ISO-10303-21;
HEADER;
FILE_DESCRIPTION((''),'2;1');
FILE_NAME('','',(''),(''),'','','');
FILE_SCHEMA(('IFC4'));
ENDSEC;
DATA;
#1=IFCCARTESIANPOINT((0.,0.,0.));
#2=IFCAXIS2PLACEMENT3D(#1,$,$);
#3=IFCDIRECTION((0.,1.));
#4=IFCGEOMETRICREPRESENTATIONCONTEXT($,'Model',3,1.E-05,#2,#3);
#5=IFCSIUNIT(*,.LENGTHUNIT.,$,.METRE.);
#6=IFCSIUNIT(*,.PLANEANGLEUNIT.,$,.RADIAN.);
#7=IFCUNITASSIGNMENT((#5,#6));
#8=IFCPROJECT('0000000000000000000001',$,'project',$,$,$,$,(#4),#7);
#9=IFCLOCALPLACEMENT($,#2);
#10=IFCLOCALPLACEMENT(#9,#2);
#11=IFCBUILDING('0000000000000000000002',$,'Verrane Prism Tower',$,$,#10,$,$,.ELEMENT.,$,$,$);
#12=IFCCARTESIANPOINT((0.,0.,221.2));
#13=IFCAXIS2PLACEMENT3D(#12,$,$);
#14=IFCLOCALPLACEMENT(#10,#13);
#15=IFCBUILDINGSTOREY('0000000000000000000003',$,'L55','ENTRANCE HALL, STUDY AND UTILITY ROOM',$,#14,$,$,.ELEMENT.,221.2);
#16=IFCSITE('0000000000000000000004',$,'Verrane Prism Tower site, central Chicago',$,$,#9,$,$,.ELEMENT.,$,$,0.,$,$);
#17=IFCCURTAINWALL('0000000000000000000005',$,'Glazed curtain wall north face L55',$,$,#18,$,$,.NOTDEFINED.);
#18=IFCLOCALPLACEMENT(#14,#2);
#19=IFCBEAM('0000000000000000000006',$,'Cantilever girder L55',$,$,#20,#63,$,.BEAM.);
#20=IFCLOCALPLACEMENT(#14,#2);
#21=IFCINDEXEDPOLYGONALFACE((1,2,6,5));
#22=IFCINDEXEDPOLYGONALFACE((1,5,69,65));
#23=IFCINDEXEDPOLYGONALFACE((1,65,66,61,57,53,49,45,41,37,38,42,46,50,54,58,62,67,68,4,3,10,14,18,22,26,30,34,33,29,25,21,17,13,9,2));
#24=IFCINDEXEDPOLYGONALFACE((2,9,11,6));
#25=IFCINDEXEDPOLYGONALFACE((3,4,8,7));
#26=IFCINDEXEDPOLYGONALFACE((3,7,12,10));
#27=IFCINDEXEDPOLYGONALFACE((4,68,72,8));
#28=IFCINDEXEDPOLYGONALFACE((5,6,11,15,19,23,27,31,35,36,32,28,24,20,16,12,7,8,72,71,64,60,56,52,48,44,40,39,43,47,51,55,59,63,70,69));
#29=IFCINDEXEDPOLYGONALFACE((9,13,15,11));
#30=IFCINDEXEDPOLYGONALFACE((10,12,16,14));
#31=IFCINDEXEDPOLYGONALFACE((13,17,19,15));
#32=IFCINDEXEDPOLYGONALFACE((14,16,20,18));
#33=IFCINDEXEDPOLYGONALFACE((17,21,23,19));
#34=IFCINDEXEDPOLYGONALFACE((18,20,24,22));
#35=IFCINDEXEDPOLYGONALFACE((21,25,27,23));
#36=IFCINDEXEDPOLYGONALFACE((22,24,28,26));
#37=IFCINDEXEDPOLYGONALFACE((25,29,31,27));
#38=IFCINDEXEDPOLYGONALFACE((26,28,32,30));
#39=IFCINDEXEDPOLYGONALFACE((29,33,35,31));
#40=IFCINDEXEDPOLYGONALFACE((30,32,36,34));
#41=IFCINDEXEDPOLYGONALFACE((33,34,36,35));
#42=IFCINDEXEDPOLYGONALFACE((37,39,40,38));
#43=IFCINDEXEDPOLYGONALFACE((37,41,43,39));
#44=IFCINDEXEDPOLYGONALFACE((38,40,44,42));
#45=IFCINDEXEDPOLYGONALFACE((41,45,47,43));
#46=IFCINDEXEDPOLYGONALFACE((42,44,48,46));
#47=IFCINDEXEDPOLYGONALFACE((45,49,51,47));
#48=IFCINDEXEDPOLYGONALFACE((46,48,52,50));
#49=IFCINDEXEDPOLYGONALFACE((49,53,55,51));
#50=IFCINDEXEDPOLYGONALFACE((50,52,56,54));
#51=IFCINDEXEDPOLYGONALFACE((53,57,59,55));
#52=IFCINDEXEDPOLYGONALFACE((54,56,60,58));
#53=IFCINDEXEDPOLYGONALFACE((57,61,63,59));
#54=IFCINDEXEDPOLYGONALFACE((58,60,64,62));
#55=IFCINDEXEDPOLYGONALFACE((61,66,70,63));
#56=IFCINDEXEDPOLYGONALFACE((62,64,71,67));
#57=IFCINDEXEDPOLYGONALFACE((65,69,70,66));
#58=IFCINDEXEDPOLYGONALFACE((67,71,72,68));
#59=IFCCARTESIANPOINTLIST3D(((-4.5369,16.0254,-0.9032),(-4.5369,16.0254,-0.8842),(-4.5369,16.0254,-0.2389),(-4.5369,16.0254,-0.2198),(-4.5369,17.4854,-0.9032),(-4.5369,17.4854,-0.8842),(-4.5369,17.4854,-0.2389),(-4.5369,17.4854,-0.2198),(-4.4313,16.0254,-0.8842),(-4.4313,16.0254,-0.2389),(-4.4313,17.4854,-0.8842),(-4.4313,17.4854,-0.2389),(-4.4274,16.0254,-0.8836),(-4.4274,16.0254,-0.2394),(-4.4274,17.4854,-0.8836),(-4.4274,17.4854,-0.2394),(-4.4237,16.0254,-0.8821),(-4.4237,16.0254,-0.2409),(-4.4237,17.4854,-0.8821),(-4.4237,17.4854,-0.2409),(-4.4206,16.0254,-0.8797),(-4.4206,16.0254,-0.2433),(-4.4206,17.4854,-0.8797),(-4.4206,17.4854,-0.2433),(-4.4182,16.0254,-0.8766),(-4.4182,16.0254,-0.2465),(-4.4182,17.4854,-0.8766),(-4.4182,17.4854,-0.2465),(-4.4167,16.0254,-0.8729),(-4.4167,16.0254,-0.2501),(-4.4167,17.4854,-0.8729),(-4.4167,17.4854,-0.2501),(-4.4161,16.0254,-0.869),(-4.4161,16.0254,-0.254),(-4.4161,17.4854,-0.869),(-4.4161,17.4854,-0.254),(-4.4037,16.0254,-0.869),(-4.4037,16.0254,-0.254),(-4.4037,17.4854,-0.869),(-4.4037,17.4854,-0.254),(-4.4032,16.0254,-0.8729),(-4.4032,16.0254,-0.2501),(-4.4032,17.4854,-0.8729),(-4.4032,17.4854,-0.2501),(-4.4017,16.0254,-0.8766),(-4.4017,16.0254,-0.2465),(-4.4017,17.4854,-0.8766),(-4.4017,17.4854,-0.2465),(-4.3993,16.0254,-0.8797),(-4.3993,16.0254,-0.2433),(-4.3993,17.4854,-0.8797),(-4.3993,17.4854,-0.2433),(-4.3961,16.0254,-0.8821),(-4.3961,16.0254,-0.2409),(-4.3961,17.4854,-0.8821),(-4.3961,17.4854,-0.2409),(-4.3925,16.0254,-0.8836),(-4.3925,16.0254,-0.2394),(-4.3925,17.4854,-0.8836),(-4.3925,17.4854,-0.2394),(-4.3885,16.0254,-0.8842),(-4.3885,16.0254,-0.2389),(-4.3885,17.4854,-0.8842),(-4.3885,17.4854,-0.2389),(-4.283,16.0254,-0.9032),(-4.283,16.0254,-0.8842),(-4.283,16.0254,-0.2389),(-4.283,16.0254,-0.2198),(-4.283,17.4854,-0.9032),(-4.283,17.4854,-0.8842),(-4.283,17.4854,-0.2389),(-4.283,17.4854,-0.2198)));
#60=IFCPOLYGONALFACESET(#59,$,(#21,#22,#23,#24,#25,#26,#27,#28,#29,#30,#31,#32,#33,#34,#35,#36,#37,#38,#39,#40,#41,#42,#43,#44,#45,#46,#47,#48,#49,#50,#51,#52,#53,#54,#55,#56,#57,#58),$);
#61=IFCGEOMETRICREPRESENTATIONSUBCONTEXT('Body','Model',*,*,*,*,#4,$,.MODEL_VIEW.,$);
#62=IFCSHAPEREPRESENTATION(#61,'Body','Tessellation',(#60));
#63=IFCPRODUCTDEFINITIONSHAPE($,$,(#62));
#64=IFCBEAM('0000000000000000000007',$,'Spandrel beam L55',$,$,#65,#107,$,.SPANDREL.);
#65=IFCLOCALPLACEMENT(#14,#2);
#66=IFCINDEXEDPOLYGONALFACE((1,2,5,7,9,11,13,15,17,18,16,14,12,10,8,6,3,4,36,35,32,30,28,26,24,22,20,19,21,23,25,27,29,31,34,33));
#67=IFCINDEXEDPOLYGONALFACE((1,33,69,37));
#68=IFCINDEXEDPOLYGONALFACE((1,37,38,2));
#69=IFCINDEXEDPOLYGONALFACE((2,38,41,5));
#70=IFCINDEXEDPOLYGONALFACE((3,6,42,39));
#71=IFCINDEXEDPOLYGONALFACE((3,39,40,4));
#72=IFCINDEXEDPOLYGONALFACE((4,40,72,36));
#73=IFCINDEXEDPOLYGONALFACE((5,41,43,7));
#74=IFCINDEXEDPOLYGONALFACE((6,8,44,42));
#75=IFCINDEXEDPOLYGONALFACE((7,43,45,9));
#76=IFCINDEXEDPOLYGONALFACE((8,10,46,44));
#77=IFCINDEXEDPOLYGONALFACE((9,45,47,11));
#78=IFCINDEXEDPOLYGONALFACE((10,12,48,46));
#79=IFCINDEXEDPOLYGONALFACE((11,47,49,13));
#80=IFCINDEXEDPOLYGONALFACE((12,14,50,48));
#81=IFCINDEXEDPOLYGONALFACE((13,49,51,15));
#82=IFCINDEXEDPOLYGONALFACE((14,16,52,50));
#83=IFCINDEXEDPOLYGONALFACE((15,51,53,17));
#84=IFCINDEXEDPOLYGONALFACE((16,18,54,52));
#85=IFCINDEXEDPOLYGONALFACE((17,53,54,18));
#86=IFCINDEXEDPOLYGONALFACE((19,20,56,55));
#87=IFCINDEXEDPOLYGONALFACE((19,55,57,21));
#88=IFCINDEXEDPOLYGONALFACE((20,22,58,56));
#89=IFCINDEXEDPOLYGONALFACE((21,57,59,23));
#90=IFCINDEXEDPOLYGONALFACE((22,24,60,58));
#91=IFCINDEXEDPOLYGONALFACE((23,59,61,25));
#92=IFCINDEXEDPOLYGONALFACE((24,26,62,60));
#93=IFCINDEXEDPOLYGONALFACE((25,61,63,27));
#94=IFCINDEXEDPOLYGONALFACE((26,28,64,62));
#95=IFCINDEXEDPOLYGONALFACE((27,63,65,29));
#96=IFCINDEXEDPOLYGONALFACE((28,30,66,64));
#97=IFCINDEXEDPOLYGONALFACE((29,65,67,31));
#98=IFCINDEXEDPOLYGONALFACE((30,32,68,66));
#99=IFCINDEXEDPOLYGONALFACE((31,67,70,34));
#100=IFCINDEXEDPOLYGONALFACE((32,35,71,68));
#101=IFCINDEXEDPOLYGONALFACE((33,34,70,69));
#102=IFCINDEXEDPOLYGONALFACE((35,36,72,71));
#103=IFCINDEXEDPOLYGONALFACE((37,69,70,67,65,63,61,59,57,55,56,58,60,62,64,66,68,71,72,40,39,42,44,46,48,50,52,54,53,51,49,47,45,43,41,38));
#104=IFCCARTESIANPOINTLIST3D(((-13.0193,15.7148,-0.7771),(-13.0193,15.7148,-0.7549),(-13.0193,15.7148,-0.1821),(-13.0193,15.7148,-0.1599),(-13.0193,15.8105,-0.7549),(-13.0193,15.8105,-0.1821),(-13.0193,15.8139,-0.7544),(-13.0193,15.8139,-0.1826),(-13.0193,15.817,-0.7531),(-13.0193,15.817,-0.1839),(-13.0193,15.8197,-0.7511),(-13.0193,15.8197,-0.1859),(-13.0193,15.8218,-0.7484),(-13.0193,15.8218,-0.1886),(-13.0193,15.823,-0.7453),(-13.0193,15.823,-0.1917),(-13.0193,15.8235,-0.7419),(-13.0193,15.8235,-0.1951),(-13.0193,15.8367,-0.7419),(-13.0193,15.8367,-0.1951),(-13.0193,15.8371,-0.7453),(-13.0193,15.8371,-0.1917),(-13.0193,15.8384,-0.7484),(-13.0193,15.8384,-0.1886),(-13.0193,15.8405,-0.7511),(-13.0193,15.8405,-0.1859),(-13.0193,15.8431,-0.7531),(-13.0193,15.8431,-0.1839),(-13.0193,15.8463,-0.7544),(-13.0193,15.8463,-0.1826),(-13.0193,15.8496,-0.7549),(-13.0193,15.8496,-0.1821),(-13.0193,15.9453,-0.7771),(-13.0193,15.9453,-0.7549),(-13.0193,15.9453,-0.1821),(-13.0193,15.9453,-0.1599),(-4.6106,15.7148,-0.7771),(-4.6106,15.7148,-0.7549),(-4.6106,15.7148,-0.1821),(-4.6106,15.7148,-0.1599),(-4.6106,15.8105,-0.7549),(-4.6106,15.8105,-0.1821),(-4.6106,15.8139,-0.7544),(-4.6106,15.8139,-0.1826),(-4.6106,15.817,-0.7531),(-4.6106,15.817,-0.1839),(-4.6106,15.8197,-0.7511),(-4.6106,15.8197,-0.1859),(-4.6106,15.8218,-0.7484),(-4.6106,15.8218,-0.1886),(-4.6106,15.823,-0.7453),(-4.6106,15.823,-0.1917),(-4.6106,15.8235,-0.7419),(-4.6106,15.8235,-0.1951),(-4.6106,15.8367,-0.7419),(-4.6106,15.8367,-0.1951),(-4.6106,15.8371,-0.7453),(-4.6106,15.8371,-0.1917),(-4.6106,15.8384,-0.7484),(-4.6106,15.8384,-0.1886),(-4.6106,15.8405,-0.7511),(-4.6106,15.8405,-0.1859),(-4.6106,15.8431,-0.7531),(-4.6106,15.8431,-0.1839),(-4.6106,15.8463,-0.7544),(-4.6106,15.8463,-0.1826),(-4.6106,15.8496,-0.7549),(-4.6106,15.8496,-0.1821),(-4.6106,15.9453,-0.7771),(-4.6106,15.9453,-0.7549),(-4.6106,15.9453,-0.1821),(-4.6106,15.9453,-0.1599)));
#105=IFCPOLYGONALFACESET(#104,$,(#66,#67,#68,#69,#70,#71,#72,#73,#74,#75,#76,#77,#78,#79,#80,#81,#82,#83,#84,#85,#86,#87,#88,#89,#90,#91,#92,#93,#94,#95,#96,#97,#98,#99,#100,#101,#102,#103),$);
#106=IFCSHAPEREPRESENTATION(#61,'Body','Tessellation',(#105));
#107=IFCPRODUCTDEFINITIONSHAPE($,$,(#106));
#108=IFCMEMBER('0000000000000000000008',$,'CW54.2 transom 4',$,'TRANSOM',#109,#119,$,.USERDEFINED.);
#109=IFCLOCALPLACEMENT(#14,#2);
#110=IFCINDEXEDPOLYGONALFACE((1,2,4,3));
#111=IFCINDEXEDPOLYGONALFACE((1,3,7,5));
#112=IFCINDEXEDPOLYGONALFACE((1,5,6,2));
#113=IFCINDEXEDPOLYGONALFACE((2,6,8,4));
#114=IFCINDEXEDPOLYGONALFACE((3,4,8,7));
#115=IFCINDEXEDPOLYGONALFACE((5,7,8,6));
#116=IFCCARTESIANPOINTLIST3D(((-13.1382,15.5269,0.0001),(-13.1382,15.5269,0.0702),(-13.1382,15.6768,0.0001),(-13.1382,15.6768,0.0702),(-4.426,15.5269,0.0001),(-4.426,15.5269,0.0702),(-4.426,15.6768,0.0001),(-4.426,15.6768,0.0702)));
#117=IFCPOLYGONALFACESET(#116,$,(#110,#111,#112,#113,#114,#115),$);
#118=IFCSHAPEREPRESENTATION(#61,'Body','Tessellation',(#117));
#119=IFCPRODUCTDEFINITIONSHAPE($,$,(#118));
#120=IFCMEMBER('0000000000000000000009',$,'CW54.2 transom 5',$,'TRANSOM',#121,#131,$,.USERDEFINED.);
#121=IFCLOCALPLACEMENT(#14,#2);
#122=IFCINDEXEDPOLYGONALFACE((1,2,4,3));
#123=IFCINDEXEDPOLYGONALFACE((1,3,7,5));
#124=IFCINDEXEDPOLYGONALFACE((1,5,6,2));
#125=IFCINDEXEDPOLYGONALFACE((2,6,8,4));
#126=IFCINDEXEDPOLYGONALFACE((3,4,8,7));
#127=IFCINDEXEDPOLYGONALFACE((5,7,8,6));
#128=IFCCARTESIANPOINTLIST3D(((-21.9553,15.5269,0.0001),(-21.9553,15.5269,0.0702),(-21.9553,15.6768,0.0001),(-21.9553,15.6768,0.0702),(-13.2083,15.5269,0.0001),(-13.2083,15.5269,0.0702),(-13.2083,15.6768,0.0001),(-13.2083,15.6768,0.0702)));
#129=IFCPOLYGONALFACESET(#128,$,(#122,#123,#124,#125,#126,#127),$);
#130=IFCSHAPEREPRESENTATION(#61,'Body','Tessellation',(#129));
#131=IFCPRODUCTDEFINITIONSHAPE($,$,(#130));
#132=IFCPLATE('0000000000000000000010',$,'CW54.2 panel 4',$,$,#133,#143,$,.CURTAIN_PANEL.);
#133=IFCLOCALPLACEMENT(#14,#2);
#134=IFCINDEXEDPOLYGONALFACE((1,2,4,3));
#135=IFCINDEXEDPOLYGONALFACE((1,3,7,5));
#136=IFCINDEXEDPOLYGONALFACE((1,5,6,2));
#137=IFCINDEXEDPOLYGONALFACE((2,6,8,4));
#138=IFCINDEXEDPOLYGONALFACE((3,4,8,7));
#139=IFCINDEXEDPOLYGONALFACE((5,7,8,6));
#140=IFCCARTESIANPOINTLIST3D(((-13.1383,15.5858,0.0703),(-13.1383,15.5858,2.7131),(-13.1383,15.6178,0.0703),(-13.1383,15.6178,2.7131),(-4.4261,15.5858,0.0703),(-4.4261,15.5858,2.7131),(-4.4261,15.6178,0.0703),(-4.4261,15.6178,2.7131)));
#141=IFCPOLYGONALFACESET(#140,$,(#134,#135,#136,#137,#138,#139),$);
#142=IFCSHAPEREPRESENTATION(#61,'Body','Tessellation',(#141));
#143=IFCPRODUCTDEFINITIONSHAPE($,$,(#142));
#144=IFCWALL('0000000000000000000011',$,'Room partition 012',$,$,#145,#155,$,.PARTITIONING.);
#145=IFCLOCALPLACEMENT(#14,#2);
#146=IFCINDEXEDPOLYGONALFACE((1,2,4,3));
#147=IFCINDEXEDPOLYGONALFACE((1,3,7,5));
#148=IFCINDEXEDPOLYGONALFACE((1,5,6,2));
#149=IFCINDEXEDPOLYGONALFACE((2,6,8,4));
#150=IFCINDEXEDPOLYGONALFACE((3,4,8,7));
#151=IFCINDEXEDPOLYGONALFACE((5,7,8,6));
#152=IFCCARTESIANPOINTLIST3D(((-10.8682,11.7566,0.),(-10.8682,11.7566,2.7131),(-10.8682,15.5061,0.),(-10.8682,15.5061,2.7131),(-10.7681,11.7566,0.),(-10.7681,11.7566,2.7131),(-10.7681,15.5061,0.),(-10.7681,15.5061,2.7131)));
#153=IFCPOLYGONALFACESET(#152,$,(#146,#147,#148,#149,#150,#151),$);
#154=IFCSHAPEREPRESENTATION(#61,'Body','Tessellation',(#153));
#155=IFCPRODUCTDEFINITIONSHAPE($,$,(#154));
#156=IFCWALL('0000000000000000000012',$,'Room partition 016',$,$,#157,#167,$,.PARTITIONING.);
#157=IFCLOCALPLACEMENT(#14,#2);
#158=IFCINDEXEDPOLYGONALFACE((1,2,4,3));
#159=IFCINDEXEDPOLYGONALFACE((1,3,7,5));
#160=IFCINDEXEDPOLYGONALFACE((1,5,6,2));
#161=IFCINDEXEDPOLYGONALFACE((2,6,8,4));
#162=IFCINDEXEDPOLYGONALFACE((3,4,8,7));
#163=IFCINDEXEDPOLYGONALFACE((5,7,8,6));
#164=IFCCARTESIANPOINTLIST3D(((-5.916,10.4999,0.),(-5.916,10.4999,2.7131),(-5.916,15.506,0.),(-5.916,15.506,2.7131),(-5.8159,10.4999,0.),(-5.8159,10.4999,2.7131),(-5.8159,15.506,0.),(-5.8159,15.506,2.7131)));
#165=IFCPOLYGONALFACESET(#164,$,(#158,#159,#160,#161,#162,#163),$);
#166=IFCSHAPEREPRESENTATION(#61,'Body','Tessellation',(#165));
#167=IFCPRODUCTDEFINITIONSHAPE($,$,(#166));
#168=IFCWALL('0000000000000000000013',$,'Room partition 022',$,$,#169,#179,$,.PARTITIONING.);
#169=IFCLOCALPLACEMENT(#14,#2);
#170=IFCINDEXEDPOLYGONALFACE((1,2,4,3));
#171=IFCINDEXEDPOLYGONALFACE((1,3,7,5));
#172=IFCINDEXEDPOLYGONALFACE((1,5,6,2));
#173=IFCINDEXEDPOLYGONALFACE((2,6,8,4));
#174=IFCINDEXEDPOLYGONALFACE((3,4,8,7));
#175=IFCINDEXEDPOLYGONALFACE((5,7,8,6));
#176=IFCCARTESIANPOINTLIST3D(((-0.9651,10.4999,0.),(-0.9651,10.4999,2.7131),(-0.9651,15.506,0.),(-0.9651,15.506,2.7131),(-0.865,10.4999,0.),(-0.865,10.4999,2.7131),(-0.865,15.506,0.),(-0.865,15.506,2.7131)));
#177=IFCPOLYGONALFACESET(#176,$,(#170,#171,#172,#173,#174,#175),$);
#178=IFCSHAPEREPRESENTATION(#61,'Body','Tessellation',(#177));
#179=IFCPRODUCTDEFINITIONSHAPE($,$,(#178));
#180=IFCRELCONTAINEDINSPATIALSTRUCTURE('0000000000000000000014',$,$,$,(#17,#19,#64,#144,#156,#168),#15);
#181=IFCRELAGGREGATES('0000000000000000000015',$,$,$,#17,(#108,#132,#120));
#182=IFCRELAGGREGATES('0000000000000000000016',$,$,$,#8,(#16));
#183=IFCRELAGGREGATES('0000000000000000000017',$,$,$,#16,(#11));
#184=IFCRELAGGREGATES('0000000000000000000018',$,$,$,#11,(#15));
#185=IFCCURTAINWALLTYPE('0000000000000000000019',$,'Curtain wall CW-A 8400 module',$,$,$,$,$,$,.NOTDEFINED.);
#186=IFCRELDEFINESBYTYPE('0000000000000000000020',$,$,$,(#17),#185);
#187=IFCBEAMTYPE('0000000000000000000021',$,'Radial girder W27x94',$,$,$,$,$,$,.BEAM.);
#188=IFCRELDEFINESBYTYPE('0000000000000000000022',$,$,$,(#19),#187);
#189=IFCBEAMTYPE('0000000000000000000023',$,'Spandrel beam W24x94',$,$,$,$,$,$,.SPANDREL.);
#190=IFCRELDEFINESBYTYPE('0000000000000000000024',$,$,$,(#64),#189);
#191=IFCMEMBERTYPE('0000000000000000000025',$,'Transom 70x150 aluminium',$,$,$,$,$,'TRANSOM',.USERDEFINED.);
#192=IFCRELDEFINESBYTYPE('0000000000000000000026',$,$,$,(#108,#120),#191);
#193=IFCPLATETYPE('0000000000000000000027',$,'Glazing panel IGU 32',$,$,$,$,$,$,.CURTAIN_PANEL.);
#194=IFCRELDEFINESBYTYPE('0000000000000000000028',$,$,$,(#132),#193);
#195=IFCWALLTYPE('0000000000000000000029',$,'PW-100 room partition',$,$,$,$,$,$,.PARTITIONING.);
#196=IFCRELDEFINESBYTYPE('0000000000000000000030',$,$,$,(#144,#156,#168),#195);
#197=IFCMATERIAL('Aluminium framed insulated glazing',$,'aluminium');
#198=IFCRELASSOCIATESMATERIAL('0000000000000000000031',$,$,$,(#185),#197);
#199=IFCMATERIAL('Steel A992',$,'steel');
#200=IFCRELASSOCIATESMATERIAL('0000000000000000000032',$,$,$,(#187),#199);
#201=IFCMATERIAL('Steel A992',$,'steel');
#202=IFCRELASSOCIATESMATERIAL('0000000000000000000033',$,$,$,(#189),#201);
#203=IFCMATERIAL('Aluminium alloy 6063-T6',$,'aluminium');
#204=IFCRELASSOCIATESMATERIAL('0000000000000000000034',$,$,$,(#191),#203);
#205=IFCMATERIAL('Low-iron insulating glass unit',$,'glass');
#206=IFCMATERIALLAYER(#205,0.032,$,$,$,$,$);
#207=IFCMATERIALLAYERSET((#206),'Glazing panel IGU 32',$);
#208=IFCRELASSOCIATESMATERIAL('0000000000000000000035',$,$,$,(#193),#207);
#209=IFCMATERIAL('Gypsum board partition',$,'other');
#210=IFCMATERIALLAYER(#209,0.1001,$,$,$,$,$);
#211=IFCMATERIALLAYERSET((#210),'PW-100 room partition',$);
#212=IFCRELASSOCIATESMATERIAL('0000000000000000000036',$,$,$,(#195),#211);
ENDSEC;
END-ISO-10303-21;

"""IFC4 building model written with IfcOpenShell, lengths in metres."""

from ifc_helpers import new_model, si_unit, direction, frame, frame_2d, origin, origin_2d, place, context, subcontext, project, spatial, rectangle, i_section, extrude, material, layer, layer_set, material_profile, profile_set, type_object, element, aggregate, save


model = new_model("IFC4")

# Units and contexts
model_context = context("Model", 3, precision=1e-05, world=origin(), true_north=direction((0.0, 1.0)))
body_context = subcontext(model_context, "Body", "Model", "MODEL_VIEW")
ifc_project = project(units=[si_unit("LENGTHUNIT", "METRE"), si_unit("PLANEANGLEUNIT", "RADIAN")], contexts=[model_context])

# Site, building, storey
site_placement = place(None, origin())
site = spatial("IfcSite", under=ifc_project, at=site_placement, Name="Verrane Prism Tower site, central Chicago", CompositionType="ELEMENT", RefElevation=0.0)
building_placement = place(site_placement, origin())
building = spatial("IfcBuilding", under=site, at=building_placement, Name="Verrane Prism Tower", CompositionType="ELEMENT")
storey_placement = place(building_placement, frame((0.0, 0.0, 221.2)))
storey = spatial("IfcBuildingStorey", under=building, at=storey_placement, Name="L55", Description="ENTRANCE HALL, STUDY AND UTILITY ROOM", CompositionType="ELEMENT", Elevation=221.2)

# Curtain wall
ifc_material_1 = material(Name="Aluminium framed insulated glazing", Category="aluminium")
curtain_wall_type = type_object("IfcCurtainWallType", Name="Curtain wall CW-A 8400 module", PredefinedType="NOTDEFINED", material=ifc_material_1)
curtain_wall_placement = place(storey_placement, origin())
curtain_wall = element("IfcCurtainWall", 1, at=curtain_wall_placement, inside=storey, type_object=curtain_wall_type, Name="Glazed curtain wall north face L55", PredefinedType="NOTDEFINED")

# Beams
ifc_material_2 = material(Name="Steel A992", Category="steel")
ifc_material_profile_1 = material_profile(ifc_material_2, i_section(OverallWidth=0.2539, OverallDepth=0.6833, WebThickness=0.0125, FlangeThickness=0.019, FilletRadius=0.0151, at=origin_2d()), Name="W27x94")
ifc_profile_set_1 = profile_set([ifc_material_profile_1], Name="Steel A992")
beam_type_1 = type_object("IfcBeamType", Name="Radial girder W27x94", PredefinedType="BEAM", material=ifc_profile_set_1)
beam_1_placement = place(storey_placement, frame((-4.4099, 16.0254, -0.5615), z_axis=(0.0, 1.0, 0.0), x_axis=(-1.0, 0.0, 0.0)))
element("IfcBeam", 2, at=beam_1_placement, inside=storey, type_object=beam_type_1, Name="Cantilever girder L55", PredefinedType="BEAM", context=body_context, shape_type="SweptSolid", body=[
    extrude(i_section(OverallWidth=0.2539, OverallDepth=0.6833, WebThickness=0.0125, FlangeThickness=0.019, FilletRadius=0.0151, at=origin_2d()), origin(), (0.0, 0.0, 1.0), 1.46),
])
ifc_material_3 = material(Name="Steel A992", Category="steel")
ifc_material_profile_2 = material_profile(ifc_material_3, i_section(OverallWidth=0.2305, OverallDepth=0.6172, WebThickness=0.0132, FlangeThickness=0.0222, FilletRadius=0.0129, at=origin_2d()), Name="W24x94")
ifc_profile_set_2 = profile_set([ifc_material_profile_2], Name="Steel A992")
beam_type_2 = type_object("IfcBeamType", Name="Spandrel beam W24x94", PredefinedType="SPANDREL", material=ifc_profile_set_2)
beam_2_placement = place(storey_placement, frame((-4.6106, 15.8301, -0.4685), z_axis=(-1.0, 0.0, 0.0), x_axis=(0.0, -1.0, 0.0)))
element("IfcBeam", 3, at=beam_2_placement, inside=storey, type_object=beam_type_2, Name="Spandrel beam L55", PredefinedType="SPANDREL", context=body_context, shape_type="SweptSolid", body=[
    extrude(i_section(OverallWidth=0.2305, OverallDepth=0.6172, WebThickness=0.0132, FlangeThickness=0.0222, FilletRadius=0.0129, at=origin_2d()), origin(), (0.0, 0.0, 1.0), 8.4087),
])

# Members
ifc_material_4 = material(Name="Aluminium alloy 6063-T6", Category="aluminium")
ifc_material_profile_3 = material_profile(ifc_material_4, rectangle(XDim=0.1499, YDim=0.0701, at=origin_2d()), Name="Transom 70x150 aluminium")
ifc_profile_set_3 = profile_set([ifc_material_profile_3], Name="Aluminium alloy 6063-T6")
member_type_1 = type_object("IfcMemberType", Name="Transom 70x150 aluminium", ElementType="TRANSOM", PredefinedType="USERDEFINED", material=ifc_profile_set_3)
member_1_placement = place(storey_placement, frame((-4.426, 15.6018, 0.0352), z_axis=(-1.0, 0.0, 0.0), x_axis=(0.0, -1.0, 0.0)))
member_1 = element("IfcMember", 4, at=member_1_placement, type_object=member_type_1, Name="CW54.2 transom 4", ObjectType="TRANSOM", PredefinedType="USERDEFINED", context=body_context, shape_type="SweptSolid", body=[
    extrude(rectangle(XDim=0.1499, YDim=0.0701, at=origin_2d()), origin(), (0.0, 0.0, 1.0), 8.7122),
])
member_2_placement = place(storey_placement, frame((-13.2083, 15.6018, 0.0352), z_axis=(-1.0, 0.0, 0.0), x_axis=(0.0, -1.0, 0.0)))
member_2 = element("IfcMember", 5, at=member_2_placement, type_object=member_type_1, Name="CW54.2 transom 5", ObjectType="TRANSOM", PredefinedType="USERDEFINED", context=body_context, shape_type="SweptSolid", body=[
    extrude(rectangle(XDim=0.1499, YDim=0.0701, at=origin_2d()), origin(), (0.0, 0.0, 1.0), 8.7471),
])

# Plate
ifc_material_5 = material(Name="Low-iron insulating glass unit", Category="glass")
ifc_layer_1 = layer(ifc_material_5, 0.032)
ifc_layer_set_1 = layer_set([ifc_layer_1], Name="Glazing panel IGU 32")
plate_type = type_object("IfcPlateType", Name="Glazing panel IGU 32", PredefinedType="CURTAIN_PANEL", material=ifc_layer_set_1)
plate_placement = place(storey_placement, frame((-8.7822, 15.6018, 0.0703), z_axis=(0.0, 0.0, 1.0), x_axis=(-1.0, 0.0, 0.0)))
plate = element("IfcPlate", 6, at=plate_placement, type_object=plate_type, Name="CW54.2 panel 4", PredefinedType="CURTAIN_PANEL", context=body_context, shape_type="SweptSolid", body=[
    extrude(rectangle(XDim=8.7122, YDim=0.032, at=origin_2d()), origin(), (0.0, 0.0, 1.0), 2.6428),
])
aggregate(curtain_wall, [member_1, plate, member_2])

# Walls
ifc_material_6 = material(Name="Gypsum board partition", Category="other")
ifc_layer_2 = layer(ifc_material_6, 0.1001)
ifc_layer_set_2 = layer_set([ifc_layer_2], Name="PW-100 room partition")
wall_type_1 = type_object("IfcWallType", Name="PW-100 room partition", PredefinedType="PARTITIONING", material=ifc_layer_set_2)
wall_1_placement = place(storey_placement, frame((-10.8181, 11.7566, 0.0), z_axis=(0.0, 0.0, 1.0), x_axis=(0.0, 1.0, 0.0)))
element("IfcWall", 7, at=wall_1_placement, inside=storey, type_object=wall_type_1, Name="Room partition 012", PredefinedType="PARTITIONING", context=body_context, shape_type="SweptSolid", body=[
    extrude(rectangle(XDim=3.7495, YDim=0.1001, at=frame_2d((1.8748, 0.0))), origin(), (0.0, 0.0, 1.0), 2.7131),
])
for number, where, z_axis, x_axis, name in (
    (8, (-5.866, 10.5, 0.0), (0.0, 0.0, 1.0), (0.0, 1.0, 0.0), "Room partition 016"),
    (9, (-0.915, 10.5, 0.0), (0.0, 0.0, 1.0), (0.0, 1.0, 0.0), "Room partition 022"),
):
    element("IfcWall", number, at=place(storey_placement, frame(where, z_axis=z_axis, x_axis=x_axis)), inside=storey, type_object=wall_type_1, Name=name, PredefinedType="PARTITIONING", context=body_context, shape_type="SweptSolid", body=[
        extrude(rectangle(XDim=5.0061, YDim=0.1001, at=frame_2d((2.5029, 0.0))), origin(), (0.0, 0.0, 1.0), 2.7131),
    ])

save(model, "model.ifc")
